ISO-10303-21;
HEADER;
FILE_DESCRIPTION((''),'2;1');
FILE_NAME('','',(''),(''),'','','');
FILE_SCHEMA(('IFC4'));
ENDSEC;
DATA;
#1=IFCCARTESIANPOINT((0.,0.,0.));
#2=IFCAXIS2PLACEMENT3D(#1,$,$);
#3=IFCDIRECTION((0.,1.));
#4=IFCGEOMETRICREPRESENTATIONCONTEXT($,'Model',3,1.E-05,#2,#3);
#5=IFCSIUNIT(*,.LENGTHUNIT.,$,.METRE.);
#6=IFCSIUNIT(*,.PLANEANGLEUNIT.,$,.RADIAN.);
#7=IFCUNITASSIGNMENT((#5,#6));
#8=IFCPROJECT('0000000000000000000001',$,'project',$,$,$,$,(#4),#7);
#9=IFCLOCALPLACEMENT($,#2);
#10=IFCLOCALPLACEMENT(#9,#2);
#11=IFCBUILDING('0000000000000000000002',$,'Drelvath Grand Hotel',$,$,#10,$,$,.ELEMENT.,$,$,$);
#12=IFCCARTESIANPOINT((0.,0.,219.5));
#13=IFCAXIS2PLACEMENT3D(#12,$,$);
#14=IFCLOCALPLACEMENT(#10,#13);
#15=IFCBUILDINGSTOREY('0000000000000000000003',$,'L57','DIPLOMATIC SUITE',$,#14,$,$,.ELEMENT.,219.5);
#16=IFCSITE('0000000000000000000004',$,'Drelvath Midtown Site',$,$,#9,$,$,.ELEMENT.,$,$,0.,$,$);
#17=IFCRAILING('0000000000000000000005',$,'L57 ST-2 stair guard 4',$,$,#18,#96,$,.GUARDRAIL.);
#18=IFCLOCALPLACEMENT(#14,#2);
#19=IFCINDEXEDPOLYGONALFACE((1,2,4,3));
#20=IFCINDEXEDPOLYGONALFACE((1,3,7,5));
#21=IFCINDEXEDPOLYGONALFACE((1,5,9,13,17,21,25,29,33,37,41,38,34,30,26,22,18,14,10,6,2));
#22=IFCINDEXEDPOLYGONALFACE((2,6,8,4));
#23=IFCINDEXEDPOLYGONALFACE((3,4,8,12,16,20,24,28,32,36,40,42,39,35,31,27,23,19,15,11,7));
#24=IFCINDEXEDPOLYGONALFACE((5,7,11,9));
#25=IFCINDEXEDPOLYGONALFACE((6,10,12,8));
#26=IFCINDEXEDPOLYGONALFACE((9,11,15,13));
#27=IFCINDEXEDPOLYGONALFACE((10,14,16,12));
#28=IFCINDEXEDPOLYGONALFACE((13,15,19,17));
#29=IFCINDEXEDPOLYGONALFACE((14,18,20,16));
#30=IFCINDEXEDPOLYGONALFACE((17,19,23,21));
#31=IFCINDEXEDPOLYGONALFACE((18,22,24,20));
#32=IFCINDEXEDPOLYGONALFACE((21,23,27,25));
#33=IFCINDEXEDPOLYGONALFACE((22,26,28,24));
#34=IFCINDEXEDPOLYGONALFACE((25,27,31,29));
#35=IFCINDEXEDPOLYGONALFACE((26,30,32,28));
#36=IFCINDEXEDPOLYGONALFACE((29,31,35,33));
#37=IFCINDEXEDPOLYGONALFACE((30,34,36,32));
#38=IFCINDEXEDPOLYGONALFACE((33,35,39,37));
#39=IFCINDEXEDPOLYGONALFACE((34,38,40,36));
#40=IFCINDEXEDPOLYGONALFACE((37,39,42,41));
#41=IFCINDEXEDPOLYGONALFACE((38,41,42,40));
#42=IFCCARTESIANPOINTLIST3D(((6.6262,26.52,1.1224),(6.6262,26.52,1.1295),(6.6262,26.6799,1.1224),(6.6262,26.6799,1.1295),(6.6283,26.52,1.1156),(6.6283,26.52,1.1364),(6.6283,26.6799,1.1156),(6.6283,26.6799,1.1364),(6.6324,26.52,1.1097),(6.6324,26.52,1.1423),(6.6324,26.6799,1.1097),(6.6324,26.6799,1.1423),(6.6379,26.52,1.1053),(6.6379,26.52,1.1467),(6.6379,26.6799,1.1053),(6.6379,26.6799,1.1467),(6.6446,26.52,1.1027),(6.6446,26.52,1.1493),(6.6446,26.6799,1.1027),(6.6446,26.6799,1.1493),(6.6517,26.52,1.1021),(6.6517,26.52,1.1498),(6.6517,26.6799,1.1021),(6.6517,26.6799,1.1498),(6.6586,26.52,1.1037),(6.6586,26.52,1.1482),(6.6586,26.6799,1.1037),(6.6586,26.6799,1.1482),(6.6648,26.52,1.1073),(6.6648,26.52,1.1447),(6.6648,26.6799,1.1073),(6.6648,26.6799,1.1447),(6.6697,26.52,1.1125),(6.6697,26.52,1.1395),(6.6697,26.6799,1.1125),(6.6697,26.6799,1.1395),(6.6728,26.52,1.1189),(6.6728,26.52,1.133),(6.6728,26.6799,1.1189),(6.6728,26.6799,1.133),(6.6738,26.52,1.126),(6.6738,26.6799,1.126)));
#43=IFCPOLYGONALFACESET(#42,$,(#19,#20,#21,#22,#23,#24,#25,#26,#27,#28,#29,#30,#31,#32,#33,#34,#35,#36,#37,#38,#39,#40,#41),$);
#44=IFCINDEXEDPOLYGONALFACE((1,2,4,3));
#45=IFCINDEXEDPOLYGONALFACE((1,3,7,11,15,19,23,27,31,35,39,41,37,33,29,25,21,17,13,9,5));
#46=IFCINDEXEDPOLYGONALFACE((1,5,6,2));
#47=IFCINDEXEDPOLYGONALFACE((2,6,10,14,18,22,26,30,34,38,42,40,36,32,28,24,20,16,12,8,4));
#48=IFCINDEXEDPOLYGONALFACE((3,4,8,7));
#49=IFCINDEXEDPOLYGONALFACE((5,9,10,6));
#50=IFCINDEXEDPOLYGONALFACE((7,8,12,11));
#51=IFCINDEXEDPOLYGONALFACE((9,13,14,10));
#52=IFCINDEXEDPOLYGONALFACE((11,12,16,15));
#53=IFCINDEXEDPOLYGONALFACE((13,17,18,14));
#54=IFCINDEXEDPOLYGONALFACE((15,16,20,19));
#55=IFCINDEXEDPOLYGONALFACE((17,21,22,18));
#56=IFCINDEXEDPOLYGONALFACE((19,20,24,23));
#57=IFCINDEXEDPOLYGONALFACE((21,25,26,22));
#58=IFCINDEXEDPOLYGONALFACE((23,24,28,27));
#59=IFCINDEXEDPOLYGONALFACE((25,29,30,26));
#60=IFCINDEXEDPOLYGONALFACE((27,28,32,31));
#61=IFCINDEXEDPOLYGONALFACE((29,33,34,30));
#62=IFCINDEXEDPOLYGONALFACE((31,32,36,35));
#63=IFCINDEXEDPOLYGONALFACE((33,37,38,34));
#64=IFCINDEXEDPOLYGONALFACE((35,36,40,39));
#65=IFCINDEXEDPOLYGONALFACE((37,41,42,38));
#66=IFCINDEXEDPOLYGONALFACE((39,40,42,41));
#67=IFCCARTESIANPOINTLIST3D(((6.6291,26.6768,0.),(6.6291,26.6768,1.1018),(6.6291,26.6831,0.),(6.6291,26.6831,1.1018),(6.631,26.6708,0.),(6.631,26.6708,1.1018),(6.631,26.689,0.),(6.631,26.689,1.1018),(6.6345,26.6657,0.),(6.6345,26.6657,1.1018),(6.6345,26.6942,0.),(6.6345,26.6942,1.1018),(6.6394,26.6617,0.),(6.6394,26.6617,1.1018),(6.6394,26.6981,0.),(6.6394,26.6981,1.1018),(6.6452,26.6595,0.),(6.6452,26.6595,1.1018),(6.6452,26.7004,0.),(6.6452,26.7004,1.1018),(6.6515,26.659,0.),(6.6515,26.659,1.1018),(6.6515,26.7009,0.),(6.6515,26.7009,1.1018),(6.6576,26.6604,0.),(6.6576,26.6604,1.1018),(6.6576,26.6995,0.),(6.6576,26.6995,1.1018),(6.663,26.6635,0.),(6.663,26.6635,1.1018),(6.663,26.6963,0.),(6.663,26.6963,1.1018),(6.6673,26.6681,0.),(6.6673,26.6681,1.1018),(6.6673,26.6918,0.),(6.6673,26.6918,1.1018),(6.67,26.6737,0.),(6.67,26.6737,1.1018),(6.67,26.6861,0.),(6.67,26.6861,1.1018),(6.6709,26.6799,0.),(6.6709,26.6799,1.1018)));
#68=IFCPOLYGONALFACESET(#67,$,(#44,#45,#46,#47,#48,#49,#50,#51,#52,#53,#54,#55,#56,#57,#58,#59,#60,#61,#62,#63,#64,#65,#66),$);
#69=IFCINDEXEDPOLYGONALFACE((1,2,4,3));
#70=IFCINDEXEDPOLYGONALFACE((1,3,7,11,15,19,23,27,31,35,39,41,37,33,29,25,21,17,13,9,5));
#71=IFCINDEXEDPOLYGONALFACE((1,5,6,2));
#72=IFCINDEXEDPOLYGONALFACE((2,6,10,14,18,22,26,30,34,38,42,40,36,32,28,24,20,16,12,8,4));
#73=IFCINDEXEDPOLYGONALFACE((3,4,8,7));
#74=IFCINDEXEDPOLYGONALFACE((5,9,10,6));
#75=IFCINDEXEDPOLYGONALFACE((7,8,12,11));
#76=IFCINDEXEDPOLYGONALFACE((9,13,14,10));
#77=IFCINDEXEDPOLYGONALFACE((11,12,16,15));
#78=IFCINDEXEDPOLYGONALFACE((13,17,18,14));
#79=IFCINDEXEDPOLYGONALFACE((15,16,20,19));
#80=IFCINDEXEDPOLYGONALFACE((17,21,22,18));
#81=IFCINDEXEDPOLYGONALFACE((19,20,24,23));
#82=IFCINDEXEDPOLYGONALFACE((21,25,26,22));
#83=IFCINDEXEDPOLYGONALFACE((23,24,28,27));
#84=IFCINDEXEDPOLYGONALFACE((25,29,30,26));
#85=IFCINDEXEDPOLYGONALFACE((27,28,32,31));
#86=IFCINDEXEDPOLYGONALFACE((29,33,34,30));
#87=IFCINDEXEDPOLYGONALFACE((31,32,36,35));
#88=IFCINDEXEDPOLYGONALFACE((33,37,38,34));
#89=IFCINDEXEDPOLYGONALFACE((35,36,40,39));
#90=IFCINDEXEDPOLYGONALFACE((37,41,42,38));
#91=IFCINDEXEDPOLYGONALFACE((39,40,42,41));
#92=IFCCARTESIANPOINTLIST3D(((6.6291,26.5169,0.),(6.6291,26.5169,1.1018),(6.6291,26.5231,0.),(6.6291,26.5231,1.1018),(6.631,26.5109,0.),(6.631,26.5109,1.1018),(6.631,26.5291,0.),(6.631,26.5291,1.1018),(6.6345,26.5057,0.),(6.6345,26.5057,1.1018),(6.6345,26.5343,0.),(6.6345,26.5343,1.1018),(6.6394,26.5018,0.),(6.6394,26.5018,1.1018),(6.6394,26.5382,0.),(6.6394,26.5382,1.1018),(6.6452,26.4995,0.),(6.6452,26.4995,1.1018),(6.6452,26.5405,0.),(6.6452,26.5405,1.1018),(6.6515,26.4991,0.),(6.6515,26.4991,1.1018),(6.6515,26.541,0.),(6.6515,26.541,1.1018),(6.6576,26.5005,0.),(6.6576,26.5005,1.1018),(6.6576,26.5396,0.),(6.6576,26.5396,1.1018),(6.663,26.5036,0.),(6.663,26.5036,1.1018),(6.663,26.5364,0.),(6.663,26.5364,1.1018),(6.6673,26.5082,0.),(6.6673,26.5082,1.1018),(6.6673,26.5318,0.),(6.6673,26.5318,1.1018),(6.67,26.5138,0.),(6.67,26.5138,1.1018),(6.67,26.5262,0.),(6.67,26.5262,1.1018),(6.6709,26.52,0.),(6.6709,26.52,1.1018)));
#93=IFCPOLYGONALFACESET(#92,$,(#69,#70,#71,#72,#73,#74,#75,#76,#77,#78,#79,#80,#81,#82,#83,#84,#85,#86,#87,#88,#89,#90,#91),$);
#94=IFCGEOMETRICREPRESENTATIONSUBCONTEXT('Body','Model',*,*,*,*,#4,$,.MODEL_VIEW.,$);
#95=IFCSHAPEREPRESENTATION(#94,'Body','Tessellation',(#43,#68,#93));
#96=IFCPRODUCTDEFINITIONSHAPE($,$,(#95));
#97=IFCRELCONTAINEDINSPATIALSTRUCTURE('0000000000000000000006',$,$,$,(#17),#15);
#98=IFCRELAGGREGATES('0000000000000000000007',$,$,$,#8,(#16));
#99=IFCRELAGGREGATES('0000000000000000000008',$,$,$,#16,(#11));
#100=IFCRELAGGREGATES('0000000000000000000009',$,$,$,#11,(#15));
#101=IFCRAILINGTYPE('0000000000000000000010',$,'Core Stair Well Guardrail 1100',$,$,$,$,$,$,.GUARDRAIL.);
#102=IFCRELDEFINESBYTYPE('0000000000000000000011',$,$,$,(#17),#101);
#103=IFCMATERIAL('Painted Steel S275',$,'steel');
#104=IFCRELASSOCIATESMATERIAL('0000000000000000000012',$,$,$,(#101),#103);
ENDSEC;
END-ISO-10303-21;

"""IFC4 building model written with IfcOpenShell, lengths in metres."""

from ifc_helpers import new_model, si_unit, direction, frame, origin, origin_2d, place, context, subcontext, project, spatial, circle, extrude, material, type_object, element, save


model = new_model("IFC4")

# Units and contexts
model_context = context("Model", 3, precision=1e-05, world=origin(), true_north=direction((0.0, 1.0)))
body_context = subcontext(model_context, "Body", "Model", "MODEL_VIEW")
ifc_project = project(units=[si_unit("LENGTHUNIT", "METRE"), si_unit("PLANEANGLEUNIT", "RADIAN")], contexts=[model_context])

# Site, building, storey
site_placement = place(None, origin())
site = spatial("IfcSite", under=ifc_project, at=site_placement, Name="Drelvath Midtown Site", CompositionType="ELEMENT", RefElevation=0.0)
building_placement = place(site_placement, origin())
building = spatial("IfcBuilding", under=site, at=building_placement, Name="Drelvath Grand Hotel", CompositionType="ELEMENT")
storey_placement = place(building_placement, frame((0.0, 0.0, 219.5)))
storey = spatial("IfcBuildingStorey", under=building, at=storey_placement, Name="L57", Description="DIPLOMATIC SUITE", CompositionType="ELEMENT", Elevation=219.5)

# Railing
ifc_material_1 = material(Name="Painted Steel S275", Category="steel")
railing_type_1 = type_object("IfcRailingType", Name="Core Stair Well Guardrail 1100", PredefinedType="GUARDRAIL", material=ifc_material_1)
railing_1_placement = place(storey_placement, frame((6.6499, 26.6799, 0.0)))
element("IfcRailing", 1, at=railing_1_placement, inside=storey, type_object=railing_type_1, Name="L57 ST-2 stair guard 4", PredefinedType="GUARDRAIL", context=body_context, shape_type="SweptSolid", body=[
    extrude(circle(Radius=0.0239, at=origin_2d()), frame((0.0, 0.0, 1.126), z_axis=(0.0, -1.0, 0.0), x_axis=(1.0, 0.0, 0.0)), (0.0, 0.0, 1.0), 0.1599),
    extrude(circle(Radius=0.021, at=origin_2d()), origin(), (0.0, 0.0, 1.0), 1.1018),
    extrude(circle(Radius=0.021, at=origin_2d()), frame((0.0, -0.1599, 0.0)), (0.0, 0.0, 1.0), 1.1018),
])

save(model, "model.ifc")
